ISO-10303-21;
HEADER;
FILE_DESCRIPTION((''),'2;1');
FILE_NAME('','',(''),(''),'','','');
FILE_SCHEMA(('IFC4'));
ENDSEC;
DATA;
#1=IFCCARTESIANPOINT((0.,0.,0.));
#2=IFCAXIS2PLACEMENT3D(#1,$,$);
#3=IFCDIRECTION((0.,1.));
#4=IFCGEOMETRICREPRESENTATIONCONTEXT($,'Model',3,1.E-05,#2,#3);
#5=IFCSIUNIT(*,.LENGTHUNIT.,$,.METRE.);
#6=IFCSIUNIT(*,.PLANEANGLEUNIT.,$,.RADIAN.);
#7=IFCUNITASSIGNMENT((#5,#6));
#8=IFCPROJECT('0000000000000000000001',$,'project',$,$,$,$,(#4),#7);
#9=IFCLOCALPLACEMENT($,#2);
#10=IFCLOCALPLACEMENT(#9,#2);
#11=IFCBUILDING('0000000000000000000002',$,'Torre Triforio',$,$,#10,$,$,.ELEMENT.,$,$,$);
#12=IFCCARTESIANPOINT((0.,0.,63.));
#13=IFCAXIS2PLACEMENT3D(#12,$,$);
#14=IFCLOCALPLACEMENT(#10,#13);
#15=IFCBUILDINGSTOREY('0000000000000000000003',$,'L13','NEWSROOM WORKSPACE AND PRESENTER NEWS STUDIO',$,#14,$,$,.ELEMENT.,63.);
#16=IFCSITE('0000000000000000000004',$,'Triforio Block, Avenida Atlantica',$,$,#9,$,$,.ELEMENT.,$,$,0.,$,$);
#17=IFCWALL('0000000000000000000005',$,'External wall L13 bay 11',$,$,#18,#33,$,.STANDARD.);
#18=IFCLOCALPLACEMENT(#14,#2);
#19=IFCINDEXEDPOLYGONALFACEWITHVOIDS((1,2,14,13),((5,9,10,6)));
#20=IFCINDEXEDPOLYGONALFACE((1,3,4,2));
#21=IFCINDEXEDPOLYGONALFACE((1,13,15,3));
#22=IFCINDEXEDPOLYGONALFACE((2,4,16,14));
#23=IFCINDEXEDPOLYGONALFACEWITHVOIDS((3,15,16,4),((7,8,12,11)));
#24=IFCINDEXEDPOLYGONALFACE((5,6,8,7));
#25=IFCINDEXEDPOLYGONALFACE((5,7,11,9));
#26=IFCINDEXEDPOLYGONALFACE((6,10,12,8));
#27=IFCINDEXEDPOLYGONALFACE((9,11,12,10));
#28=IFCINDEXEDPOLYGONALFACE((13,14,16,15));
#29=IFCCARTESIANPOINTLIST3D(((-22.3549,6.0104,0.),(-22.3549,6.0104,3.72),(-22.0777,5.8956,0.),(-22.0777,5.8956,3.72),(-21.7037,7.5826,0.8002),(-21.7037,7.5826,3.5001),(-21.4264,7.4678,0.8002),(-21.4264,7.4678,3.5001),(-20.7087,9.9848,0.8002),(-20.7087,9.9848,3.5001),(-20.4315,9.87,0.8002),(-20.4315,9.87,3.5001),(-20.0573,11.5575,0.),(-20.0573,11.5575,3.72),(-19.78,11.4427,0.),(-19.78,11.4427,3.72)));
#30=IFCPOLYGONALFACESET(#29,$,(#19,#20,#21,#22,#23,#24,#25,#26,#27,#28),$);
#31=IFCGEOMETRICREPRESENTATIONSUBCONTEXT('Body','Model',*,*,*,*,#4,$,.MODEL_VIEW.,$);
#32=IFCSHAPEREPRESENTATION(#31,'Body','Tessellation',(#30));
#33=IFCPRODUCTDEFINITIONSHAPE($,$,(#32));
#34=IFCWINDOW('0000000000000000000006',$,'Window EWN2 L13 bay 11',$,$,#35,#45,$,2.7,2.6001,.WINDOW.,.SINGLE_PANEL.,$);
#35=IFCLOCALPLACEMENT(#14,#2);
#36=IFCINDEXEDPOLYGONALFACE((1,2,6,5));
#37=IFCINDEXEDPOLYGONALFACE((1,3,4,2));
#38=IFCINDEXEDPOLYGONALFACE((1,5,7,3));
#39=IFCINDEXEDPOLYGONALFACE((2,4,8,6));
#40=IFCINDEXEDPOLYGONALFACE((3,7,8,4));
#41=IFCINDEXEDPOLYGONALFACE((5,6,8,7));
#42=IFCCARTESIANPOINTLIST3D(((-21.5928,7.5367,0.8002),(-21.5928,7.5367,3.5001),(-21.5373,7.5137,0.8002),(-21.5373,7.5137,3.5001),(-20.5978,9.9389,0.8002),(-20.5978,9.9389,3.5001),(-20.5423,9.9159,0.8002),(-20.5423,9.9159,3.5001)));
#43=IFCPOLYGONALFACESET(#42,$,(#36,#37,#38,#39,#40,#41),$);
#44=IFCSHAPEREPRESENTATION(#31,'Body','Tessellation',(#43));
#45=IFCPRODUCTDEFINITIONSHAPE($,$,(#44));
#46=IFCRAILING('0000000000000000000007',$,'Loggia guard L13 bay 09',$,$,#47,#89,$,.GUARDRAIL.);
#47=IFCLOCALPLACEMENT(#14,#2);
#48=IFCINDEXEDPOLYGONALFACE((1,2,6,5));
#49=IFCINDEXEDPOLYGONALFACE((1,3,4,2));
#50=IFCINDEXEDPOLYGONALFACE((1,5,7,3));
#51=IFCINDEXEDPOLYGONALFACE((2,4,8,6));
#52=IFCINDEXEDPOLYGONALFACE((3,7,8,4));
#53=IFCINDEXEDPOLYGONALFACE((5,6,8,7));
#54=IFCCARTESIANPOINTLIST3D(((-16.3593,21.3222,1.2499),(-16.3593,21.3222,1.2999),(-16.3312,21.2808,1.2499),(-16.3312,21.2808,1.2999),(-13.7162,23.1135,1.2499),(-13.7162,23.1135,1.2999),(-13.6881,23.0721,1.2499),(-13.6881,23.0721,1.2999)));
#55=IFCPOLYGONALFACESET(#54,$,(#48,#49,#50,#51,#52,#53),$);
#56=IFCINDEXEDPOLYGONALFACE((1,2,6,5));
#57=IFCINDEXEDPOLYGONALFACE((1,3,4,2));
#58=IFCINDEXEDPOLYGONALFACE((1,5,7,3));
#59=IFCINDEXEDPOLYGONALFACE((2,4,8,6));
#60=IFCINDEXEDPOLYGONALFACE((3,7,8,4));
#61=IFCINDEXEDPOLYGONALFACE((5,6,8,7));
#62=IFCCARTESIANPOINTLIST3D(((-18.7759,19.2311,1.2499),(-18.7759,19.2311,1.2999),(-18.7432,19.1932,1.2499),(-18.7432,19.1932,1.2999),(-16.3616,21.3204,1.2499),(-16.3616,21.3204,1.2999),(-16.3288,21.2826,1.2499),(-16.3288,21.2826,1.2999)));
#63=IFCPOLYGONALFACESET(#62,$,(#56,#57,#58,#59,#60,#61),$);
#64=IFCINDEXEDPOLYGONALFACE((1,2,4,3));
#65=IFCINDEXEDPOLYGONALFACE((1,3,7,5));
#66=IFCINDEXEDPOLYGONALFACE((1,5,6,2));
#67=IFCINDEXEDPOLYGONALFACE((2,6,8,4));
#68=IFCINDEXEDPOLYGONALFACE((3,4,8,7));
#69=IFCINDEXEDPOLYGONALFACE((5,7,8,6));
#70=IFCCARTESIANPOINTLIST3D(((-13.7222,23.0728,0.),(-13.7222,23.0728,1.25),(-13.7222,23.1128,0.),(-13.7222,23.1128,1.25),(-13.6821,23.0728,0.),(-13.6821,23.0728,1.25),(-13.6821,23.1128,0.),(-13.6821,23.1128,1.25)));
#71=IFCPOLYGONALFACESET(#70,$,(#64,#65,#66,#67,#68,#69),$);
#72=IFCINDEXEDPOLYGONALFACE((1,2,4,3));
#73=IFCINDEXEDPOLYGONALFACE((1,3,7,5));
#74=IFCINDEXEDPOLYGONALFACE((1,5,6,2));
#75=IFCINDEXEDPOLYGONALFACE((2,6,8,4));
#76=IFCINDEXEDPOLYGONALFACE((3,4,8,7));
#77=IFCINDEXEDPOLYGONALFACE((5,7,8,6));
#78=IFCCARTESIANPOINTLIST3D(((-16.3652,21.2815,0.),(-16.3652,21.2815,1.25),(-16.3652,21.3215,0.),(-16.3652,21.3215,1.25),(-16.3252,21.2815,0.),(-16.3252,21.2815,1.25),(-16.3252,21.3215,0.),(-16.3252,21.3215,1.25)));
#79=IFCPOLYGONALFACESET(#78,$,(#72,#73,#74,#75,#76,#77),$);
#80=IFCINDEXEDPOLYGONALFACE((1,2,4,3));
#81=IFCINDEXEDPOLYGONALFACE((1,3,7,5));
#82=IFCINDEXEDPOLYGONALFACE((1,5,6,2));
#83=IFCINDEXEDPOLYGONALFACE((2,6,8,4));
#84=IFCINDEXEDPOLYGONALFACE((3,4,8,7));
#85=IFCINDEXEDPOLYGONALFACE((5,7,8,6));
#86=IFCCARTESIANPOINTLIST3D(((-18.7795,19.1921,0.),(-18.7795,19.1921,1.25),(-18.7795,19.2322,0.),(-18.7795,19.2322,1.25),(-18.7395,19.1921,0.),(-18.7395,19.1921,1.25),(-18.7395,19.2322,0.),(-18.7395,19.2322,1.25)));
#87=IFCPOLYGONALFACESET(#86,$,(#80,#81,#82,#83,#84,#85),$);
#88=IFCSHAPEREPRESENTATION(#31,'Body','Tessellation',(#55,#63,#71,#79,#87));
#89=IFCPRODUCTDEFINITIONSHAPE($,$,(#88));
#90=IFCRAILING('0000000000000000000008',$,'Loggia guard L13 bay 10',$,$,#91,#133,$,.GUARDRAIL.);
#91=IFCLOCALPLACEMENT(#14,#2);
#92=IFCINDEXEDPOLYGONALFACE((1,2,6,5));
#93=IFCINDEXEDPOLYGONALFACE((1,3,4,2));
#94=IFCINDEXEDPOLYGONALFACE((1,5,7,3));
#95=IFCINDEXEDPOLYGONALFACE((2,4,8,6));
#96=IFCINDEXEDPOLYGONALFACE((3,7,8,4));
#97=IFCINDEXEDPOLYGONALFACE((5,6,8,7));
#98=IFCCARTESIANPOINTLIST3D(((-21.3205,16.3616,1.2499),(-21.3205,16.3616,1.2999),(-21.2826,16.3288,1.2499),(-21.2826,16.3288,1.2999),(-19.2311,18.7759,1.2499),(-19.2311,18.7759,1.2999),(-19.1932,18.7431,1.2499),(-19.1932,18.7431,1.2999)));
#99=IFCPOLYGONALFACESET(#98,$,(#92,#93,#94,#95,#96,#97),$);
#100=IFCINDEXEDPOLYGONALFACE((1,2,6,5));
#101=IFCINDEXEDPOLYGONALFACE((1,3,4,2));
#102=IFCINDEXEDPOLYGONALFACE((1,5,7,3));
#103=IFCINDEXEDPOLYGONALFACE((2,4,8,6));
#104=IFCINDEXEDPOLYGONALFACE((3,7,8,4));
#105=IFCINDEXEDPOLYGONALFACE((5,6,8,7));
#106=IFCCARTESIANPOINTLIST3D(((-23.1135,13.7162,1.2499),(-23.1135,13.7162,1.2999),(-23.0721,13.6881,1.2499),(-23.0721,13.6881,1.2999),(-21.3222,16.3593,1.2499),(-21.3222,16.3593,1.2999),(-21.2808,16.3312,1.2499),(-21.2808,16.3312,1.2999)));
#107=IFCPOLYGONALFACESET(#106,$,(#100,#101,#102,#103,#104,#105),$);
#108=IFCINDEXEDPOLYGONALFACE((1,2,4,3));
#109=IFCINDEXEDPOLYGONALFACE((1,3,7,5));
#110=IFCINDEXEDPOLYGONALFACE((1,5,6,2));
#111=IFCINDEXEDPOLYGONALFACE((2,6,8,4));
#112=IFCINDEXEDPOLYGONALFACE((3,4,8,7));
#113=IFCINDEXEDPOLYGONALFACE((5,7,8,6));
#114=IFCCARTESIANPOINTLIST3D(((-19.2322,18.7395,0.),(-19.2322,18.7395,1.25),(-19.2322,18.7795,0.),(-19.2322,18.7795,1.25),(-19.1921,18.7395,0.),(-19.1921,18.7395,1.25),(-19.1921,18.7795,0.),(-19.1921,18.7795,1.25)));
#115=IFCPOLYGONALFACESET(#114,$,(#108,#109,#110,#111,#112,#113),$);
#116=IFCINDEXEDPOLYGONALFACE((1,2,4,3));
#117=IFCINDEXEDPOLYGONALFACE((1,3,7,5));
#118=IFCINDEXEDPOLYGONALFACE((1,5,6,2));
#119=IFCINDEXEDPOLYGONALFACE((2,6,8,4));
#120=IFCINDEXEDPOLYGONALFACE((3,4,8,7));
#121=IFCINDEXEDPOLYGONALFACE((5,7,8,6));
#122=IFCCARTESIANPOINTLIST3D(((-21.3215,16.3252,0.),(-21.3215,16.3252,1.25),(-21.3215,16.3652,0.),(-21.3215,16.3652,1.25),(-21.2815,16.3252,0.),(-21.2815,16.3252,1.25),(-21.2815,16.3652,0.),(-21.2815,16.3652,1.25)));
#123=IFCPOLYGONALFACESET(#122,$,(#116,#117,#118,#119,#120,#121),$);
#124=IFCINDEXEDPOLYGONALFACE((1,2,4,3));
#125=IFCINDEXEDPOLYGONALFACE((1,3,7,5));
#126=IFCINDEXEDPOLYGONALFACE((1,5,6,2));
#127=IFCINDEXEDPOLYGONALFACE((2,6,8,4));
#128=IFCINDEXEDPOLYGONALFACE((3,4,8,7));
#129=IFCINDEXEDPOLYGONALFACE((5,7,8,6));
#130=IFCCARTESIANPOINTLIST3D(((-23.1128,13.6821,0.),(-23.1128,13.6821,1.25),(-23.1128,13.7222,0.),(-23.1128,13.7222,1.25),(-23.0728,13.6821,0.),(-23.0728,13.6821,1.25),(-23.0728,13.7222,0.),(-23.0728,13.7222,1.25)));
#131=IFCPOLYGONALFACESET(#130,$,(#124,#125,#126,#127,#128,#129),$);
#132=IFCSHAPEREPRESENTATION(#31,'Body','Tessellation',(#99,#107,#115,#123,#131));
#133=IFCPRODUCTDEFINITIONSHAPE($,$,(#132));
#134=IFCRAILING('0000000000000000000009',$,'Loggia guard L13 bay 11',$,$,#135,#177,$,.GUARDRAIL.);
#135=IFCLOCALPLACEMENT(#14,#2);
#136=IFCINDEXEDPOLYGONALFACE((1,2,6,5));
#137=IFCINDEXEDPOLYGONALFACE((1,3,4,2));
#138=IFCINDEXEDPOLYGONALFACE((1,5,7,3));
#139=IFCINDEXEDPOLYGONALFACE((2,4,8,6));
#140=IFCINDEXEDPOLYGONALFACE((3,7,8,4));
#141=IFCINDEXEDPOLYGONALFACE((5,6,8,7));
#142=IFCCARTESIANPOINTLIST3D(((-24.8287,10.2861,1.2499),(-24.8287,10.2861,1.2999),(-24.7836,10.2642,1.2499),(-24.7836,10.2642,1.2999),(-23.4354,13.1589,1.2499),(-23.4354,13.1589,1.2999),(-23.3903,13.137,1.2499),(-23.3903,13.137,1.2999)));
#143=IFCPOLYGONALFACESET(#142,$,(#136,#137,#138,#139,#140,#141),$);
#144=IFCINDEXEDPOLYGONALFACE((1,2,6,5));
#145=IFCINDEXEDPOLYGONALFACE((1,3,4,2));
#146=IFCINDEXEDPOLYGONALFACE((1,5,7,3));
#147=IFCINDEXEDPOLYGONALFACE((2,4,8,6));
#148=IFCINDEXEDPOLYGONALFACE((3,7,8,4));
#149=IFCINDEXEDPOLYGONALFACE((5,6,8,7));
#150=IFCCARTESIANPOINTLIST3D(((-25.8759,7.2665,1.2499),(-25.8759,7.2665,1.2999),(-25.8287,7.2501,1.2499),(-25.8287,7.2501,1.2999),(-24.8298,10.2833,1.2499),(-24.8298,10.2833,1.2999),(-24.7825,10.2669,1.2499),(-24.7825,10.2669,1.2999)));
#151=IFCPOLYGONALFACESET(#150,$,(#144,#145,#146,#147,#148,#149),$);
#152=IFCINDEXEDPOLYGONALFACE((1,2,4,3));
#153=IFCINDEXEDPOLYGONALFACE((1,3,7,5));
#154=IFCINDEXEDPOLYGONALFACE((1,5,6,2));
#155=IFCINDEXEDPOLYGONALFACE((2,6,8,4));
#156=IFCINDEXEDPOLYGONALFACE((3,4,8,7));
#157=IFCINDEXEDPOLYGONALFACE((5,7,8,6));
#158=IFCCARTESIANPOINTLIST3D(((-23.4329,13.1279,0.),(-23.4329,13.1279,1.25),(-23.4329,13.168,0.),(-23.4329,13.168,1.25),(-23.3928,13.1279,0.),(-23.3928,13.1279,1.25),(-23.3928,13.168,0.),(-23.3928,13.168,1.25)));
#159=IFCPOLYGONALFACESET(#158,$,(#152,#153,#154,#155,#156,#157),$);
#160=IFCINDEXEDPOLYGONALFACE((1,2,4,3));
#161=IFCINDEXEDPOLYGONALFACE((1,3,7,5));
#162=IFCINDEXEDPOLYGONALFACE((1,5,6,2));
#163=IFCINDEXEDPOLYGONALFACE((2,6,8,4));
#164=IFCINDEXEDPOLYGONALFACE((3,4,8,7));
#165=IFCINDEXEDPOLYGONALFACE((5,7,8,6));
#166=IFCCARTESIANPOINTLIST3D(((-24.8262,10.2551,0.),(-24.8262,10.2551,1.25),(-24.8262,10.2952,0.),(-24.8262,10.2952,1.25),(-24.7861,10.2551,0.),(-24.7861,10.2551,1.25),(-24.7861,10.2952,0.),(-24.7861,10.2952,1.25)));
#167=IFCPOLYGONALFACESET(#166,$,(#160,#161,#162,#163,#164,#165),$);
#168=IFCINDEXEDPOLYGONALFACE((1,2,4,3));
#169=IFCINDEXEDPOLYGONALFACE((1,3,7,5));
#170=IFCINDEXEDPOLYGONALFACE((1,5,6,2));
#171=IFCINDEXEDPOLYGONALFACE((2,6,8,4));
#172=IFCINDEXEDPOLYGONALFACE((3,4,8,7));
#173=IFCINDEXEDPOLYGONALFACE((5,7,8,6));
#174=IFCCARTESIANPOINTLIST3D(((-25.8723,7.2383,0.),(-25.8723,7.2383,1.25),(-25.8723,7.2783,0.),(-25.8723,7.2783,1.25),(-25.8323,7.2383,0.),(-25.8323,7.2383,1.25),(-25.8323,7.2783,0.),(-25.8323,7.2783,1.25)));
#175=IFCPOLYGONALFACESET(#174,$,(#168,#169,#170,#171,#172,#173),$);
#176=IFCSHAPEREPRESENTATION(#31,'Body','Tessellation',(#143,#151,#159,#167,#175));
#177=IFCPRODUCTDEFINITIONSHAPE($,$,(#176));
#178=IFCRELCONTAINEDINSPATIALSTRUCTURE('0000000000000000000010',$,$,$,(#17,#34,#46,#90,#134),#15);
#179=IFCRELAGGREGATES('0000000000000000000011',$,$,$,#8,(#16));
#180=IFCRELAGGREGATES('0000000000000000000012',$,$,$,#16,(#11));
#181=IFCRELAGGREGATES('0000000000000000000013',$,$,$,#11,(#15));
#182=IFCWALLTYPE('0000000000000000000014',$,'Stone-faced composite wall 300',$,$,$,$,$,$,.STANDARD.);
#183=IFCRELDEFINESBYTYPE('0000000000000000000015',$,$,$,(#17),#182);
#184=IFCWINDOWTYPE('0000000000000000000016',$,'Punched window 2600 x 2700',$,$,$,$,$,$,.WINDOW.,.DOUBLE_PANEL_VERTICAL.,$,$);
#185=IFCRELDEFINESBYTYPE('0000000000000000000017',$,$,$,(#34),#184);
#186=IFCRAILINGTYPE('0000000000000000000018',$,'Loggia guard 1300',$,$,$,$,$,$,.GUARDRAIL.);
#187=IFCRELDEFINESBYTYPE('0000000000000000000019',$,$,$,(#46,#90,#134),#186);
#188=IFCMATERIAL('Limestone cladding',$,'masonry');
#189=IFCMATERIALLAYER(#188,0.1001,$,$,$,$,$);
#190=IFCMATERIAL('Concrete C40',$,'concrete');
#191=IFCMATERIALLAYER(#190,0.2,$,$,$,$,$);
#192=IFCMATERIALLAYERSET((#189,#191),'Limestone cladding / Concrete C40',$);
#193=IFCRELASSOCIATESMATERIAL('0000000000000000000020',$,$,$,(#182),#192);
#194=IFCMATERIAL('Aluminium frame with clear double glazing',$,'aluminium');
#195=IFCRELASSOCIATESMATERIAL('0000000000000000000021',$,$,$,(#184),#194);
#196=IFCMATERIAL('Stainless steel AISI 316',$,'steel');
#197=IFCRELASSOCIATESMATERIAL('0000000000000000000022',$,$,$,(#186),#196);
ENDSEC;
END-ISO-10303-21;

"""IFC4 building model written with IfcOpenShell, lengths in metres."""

from ifc_helpers import new_model, si_unit, direction, frame, frame_2d, origin, origin_2d, place, context, subcontext, project, spatial, rectangle, extrude, material, layer, layer_set, type_object, element, fill, save


model = new_model("IFC4")

# Units and contexts
model_context = context("Model", 3, precision=1e-05, world=origin(), true_north=direction((0.0, 1.0)))
body_context = subcontext(model_context, "Body", "Model", "MODEL_VIEW")
ifc_project = project(units=[si_unit("LENGTHUNIT", "METRE"), si_unit("PLANEANGLEUNIT", "RADIAN")], contexts=[model_context])

# Site, building, storey
site_placement = place(None, origin())
site = spatial("IfcSite", under=ifc_project, at=site_placement, Name="Triforio Block, Avenida Atlantica", CompositionType="ELEMENT", RefElevation=0.0)
building_placement = place(site_placement, origin())
building = spatial("IfcBuilding", under=site, at=building_placement, Name="Torre Triforio", CompositionType="ELEMENT")
storey_placement = place(building_placement, frame((0.0, 0.0, 63.0)))
storey = spatial("IfcBuildingStorey", under=building, at=storey_placement, Name="L13", Description="NEWSROOM WORKSPACE AND PRESENTER NEWS STUDIO", CompositionType="ELEMENT", Elevation=63.0)

# Shared definitions
ifc_material_1 = material(Name="Limestone cladding", Category="masonry")
ifc_material_2 = material(Name="Concrete C40", Category="concrete")

# Shared definitions
ifc_layer_1 = layer(ifc_material_1, 0.1001)
ifc_layer_2 = layer(ifc_material_2, 0.2)
ifc_layer_set_1 = layer_set([ifc_layer_1, ifc_layer_2], Name="Limestone cladding / Concrete C40")
wall_type_1 = type_object("IfcWallType", Name="Stone-faced composite wall 300", PredefinedType="STANDARD", material=ifc_layer_set_1)
ifc_material_3 = material(Name="Aluminium frame with clear double glazing", Category="aluminium")
window_type_1 = type_object("IfcWindowType", Name="Punched window 2600 x 2700", PartitioningType="DOUBLE_PANEL_VERTICAL", PredefinedType="WINDOW", material=ifc_material_3)

# Wall, opening, window
wall_1_placement = place(storey_placement, frame((-19.9187, 11.5, 0.0), z_axis=(0.0, 0.0, 1.0), x_axis=(-0.382671, -0.923885, 0.0)))
wall_1 = element("IfcWall", 1, at=wall_1_placement, inside=storey, type_object=wall_type_1, Name="External wall L13 bay 11", PredefinedType="STANDARD", context=body_context, shape_type="SweptSolid", body=[
    extrude(rectangle(XDim=6.0042, YDim=0.3, at=frame_2d((3.002, 0.0))), origin(), (0.0, 0.0, 1.0), 3.72),
])
opening_1_placement = place(wall_1_placement, frame((1.7021, 0.0, 0.8)))
opening_1 = element("IfcOpeningElement", 2, at=opening_1_placement, cuts=wall_1, PredefinedType="OPENING", context=body_context, shape_type="SweptSolid", body=[
    extrude(rectangle(XDim=2.6001, YDim=2.7, at=frame_2d((1.3, 1.3501))), frame((0.0, 0.1599, 0.0), z_axis=(0.0, -1.0, 0.0), x_axis=(1.0, 0.0, 0.0)), (0.0, 0.0, 1.0), 0.3201),
])
window_1_placement = place(opening_1_placement, origin())
window_1 = element("IfcWindow", 3, at=window_1_placement, inside=storey, type_object=window_type_1, Name="Window EWN2 L13 bay 11", OverallHeight=2.7, OverallWidth=2.6001, PartitioningType="SINGLE_PANEL", PredefinedType="WINDOW", context=body_context, shape_type="SweptSolid", body=[
    extrude(rectangle(XDim=2.6001, YDim=2.7, at=frame_2d((1.3, 1.3501))), frame((0.0, 0.03, 0.0), z_axis=(0.0, -1.0, 0.0), x_axis=(1.0, 0.0, 0.0)), (0.0, 0.0, 1.0), 0.0601),
])
fill(opening_1, window_1)

# Railings
ifc_material_4 = material(Name="Stainless steel AISI 316", Category="steel")
railing_type = type_object("IfcRailingType", Name="Loggia guard 1300", PredefinedType="GUARDRAIL", material=ifc_material_4)
railing_1_placement = place(storey_placement, frame((-13.7021, 23.0928, 0.0)))
element("IfcRailing", 4, at=railing_1_placement, inside=storey, type_object=railing_type, Name="Loggia guard L13 bay 09", PredefinedType="GUARDRAIL", context=body_context, shape_type="SweptSolid", body=[
    extrude(rectangle(XDim=0.05, YDim=0.05, at=origin_2d()), frame((0.0, 0.0, 1.2749), z_axis=(-0.827803, -0.561019, 0.0), x_axis=(0.561019, -0.827803, 0.0)), (0.0, 0.0, 1.0), 3.1929),
    extrude(rectangle(XDim=0.05, YDim=0.05, at=origin_2d()), frame((-2.6431, -1.7913, 1.2749), z_axis=(-0.756161, -0.654386, 0.0), x_axis=(0.654386, -0.756161, 0.0)), (0.0, 0.0, 1.0), 3.1929),
    extrude(rectangle(XDim=0.04, YDim=0.04, at=origin_2d()), origin(), (0.0, 0.0, 1.0), 1.25),
    extrude(rectangle(XDim=0.04, YDim=0.04, at=origin_2d()), frame((-2.6431, -1.7913, 0.0)), (0.0, 0.0, 1.0), 1.25),
    extrude(rectangle(XDim=0.04, YDim=0.04, at=origin_2d()), frame((-5.0574, -3.8806, 0.0)), (0.0, 0.0, 1.0), 1.25),
])
railing_2_placement = place(storey_placement, frame((-19.2122, 18.7595, 0.0)))
element("IfcRailing", 5, at=railing_2_placement, inside=storey, type_object=railing_type, Name="Loggia guard L13 bay 10", PredefinedType="GUARDRAIL", context=body_context, shape_type="SweptSolid", body=[
    extrude(rectangle(XDim=0.05, YDim=0.05, at=origin_2d()), frame((0.0, 0.0, 1.2749), z_axis=(-0.654386, -0.756161, 0.0), x_axis=(0.756161, -0.654386, 0.0)), (0.0, 0.0, 1.0), 3.1929),
    extrude(rectangle(XDim=0.05, YDim=0.05, at=origin_2d()), frame((-2.0894, -2.4143, 1.2749), z_axis=(-0.561019, -0.827803, 0.0), x_axis=(0.827803, -0.561019, 0.0)), (0.0, 0.0, 1.0), 3.1929),
    extrude(rectangle(XDim=0.04, YDim=0.04, at=origin_2d()), origin(), (0.0, 0.0, 1.0), 1.25),
    extrude(rectangle(XDim=0.04, YDim=0.04, at=origin_2d()), frame((-2.0894, -2.4143, 0.0)), (0.0, 0.0, 1.0), 1.25),
    extrude(rectangle(XDim=0.04, YDim=0.04, at=origin_2d()), frame((-3.8806, -5.0574, 0.0)), (0.0, 0.0, 1.0), 1.25),
])
railing_3_placement = place(storey_placement, frame((-23.4128, 13.1479, 0.0)))
element("IfcRailing", 6, at=railing_3_placement, inside=storey, type_object=railing_type, Name="Loggia guard L13 bay 11", PredefinedType="GUARDRAIL", context=body_context, shape_type="SweptSolid", body=[
    extrude(rectangle(XDim=0.05, YDim=0.05, at=origin_2d()), frame((0.0, 0.0, 1.2749), z_axis=(-0.436384, -0.89976, 0.0), x_axis=(0.89976, -0.436384, 0.0)), (0.0, 0.0, 1.0), 3.1929),
    extrude(rectangle(XDim=0.05, YDim=0.05, at=origin_2d()), frame((-1.3933, -2.8728, 1.2749), z_axis=(-0.327628, -0.944807, 0.0), x_axis=(0.944807, -0.327628, 0.0)), (0.0, 0.0, 1.0), 3.1931),
    extrude(rectangle(XDim=0.04, YDim=0.04, at=origin_2d()), origin(), (0.0, 0.0, 1.0), 1.25),
    extrude(rectangle(XDim=0.04, YDim=0.04, at=origin_2d()), frame((-1.3933, -2.8728, 0.0)), (0.0, 0.0, 1.0), 1.25),
    extrude(rectangle(XDim=0.04, YDim=0.04, at=origin_2d()), frame((-2.4395, -5.8896, 0.0)), (0.0, 0.0, 1.0), 1.25),
])

save(model, "model.ifc")
